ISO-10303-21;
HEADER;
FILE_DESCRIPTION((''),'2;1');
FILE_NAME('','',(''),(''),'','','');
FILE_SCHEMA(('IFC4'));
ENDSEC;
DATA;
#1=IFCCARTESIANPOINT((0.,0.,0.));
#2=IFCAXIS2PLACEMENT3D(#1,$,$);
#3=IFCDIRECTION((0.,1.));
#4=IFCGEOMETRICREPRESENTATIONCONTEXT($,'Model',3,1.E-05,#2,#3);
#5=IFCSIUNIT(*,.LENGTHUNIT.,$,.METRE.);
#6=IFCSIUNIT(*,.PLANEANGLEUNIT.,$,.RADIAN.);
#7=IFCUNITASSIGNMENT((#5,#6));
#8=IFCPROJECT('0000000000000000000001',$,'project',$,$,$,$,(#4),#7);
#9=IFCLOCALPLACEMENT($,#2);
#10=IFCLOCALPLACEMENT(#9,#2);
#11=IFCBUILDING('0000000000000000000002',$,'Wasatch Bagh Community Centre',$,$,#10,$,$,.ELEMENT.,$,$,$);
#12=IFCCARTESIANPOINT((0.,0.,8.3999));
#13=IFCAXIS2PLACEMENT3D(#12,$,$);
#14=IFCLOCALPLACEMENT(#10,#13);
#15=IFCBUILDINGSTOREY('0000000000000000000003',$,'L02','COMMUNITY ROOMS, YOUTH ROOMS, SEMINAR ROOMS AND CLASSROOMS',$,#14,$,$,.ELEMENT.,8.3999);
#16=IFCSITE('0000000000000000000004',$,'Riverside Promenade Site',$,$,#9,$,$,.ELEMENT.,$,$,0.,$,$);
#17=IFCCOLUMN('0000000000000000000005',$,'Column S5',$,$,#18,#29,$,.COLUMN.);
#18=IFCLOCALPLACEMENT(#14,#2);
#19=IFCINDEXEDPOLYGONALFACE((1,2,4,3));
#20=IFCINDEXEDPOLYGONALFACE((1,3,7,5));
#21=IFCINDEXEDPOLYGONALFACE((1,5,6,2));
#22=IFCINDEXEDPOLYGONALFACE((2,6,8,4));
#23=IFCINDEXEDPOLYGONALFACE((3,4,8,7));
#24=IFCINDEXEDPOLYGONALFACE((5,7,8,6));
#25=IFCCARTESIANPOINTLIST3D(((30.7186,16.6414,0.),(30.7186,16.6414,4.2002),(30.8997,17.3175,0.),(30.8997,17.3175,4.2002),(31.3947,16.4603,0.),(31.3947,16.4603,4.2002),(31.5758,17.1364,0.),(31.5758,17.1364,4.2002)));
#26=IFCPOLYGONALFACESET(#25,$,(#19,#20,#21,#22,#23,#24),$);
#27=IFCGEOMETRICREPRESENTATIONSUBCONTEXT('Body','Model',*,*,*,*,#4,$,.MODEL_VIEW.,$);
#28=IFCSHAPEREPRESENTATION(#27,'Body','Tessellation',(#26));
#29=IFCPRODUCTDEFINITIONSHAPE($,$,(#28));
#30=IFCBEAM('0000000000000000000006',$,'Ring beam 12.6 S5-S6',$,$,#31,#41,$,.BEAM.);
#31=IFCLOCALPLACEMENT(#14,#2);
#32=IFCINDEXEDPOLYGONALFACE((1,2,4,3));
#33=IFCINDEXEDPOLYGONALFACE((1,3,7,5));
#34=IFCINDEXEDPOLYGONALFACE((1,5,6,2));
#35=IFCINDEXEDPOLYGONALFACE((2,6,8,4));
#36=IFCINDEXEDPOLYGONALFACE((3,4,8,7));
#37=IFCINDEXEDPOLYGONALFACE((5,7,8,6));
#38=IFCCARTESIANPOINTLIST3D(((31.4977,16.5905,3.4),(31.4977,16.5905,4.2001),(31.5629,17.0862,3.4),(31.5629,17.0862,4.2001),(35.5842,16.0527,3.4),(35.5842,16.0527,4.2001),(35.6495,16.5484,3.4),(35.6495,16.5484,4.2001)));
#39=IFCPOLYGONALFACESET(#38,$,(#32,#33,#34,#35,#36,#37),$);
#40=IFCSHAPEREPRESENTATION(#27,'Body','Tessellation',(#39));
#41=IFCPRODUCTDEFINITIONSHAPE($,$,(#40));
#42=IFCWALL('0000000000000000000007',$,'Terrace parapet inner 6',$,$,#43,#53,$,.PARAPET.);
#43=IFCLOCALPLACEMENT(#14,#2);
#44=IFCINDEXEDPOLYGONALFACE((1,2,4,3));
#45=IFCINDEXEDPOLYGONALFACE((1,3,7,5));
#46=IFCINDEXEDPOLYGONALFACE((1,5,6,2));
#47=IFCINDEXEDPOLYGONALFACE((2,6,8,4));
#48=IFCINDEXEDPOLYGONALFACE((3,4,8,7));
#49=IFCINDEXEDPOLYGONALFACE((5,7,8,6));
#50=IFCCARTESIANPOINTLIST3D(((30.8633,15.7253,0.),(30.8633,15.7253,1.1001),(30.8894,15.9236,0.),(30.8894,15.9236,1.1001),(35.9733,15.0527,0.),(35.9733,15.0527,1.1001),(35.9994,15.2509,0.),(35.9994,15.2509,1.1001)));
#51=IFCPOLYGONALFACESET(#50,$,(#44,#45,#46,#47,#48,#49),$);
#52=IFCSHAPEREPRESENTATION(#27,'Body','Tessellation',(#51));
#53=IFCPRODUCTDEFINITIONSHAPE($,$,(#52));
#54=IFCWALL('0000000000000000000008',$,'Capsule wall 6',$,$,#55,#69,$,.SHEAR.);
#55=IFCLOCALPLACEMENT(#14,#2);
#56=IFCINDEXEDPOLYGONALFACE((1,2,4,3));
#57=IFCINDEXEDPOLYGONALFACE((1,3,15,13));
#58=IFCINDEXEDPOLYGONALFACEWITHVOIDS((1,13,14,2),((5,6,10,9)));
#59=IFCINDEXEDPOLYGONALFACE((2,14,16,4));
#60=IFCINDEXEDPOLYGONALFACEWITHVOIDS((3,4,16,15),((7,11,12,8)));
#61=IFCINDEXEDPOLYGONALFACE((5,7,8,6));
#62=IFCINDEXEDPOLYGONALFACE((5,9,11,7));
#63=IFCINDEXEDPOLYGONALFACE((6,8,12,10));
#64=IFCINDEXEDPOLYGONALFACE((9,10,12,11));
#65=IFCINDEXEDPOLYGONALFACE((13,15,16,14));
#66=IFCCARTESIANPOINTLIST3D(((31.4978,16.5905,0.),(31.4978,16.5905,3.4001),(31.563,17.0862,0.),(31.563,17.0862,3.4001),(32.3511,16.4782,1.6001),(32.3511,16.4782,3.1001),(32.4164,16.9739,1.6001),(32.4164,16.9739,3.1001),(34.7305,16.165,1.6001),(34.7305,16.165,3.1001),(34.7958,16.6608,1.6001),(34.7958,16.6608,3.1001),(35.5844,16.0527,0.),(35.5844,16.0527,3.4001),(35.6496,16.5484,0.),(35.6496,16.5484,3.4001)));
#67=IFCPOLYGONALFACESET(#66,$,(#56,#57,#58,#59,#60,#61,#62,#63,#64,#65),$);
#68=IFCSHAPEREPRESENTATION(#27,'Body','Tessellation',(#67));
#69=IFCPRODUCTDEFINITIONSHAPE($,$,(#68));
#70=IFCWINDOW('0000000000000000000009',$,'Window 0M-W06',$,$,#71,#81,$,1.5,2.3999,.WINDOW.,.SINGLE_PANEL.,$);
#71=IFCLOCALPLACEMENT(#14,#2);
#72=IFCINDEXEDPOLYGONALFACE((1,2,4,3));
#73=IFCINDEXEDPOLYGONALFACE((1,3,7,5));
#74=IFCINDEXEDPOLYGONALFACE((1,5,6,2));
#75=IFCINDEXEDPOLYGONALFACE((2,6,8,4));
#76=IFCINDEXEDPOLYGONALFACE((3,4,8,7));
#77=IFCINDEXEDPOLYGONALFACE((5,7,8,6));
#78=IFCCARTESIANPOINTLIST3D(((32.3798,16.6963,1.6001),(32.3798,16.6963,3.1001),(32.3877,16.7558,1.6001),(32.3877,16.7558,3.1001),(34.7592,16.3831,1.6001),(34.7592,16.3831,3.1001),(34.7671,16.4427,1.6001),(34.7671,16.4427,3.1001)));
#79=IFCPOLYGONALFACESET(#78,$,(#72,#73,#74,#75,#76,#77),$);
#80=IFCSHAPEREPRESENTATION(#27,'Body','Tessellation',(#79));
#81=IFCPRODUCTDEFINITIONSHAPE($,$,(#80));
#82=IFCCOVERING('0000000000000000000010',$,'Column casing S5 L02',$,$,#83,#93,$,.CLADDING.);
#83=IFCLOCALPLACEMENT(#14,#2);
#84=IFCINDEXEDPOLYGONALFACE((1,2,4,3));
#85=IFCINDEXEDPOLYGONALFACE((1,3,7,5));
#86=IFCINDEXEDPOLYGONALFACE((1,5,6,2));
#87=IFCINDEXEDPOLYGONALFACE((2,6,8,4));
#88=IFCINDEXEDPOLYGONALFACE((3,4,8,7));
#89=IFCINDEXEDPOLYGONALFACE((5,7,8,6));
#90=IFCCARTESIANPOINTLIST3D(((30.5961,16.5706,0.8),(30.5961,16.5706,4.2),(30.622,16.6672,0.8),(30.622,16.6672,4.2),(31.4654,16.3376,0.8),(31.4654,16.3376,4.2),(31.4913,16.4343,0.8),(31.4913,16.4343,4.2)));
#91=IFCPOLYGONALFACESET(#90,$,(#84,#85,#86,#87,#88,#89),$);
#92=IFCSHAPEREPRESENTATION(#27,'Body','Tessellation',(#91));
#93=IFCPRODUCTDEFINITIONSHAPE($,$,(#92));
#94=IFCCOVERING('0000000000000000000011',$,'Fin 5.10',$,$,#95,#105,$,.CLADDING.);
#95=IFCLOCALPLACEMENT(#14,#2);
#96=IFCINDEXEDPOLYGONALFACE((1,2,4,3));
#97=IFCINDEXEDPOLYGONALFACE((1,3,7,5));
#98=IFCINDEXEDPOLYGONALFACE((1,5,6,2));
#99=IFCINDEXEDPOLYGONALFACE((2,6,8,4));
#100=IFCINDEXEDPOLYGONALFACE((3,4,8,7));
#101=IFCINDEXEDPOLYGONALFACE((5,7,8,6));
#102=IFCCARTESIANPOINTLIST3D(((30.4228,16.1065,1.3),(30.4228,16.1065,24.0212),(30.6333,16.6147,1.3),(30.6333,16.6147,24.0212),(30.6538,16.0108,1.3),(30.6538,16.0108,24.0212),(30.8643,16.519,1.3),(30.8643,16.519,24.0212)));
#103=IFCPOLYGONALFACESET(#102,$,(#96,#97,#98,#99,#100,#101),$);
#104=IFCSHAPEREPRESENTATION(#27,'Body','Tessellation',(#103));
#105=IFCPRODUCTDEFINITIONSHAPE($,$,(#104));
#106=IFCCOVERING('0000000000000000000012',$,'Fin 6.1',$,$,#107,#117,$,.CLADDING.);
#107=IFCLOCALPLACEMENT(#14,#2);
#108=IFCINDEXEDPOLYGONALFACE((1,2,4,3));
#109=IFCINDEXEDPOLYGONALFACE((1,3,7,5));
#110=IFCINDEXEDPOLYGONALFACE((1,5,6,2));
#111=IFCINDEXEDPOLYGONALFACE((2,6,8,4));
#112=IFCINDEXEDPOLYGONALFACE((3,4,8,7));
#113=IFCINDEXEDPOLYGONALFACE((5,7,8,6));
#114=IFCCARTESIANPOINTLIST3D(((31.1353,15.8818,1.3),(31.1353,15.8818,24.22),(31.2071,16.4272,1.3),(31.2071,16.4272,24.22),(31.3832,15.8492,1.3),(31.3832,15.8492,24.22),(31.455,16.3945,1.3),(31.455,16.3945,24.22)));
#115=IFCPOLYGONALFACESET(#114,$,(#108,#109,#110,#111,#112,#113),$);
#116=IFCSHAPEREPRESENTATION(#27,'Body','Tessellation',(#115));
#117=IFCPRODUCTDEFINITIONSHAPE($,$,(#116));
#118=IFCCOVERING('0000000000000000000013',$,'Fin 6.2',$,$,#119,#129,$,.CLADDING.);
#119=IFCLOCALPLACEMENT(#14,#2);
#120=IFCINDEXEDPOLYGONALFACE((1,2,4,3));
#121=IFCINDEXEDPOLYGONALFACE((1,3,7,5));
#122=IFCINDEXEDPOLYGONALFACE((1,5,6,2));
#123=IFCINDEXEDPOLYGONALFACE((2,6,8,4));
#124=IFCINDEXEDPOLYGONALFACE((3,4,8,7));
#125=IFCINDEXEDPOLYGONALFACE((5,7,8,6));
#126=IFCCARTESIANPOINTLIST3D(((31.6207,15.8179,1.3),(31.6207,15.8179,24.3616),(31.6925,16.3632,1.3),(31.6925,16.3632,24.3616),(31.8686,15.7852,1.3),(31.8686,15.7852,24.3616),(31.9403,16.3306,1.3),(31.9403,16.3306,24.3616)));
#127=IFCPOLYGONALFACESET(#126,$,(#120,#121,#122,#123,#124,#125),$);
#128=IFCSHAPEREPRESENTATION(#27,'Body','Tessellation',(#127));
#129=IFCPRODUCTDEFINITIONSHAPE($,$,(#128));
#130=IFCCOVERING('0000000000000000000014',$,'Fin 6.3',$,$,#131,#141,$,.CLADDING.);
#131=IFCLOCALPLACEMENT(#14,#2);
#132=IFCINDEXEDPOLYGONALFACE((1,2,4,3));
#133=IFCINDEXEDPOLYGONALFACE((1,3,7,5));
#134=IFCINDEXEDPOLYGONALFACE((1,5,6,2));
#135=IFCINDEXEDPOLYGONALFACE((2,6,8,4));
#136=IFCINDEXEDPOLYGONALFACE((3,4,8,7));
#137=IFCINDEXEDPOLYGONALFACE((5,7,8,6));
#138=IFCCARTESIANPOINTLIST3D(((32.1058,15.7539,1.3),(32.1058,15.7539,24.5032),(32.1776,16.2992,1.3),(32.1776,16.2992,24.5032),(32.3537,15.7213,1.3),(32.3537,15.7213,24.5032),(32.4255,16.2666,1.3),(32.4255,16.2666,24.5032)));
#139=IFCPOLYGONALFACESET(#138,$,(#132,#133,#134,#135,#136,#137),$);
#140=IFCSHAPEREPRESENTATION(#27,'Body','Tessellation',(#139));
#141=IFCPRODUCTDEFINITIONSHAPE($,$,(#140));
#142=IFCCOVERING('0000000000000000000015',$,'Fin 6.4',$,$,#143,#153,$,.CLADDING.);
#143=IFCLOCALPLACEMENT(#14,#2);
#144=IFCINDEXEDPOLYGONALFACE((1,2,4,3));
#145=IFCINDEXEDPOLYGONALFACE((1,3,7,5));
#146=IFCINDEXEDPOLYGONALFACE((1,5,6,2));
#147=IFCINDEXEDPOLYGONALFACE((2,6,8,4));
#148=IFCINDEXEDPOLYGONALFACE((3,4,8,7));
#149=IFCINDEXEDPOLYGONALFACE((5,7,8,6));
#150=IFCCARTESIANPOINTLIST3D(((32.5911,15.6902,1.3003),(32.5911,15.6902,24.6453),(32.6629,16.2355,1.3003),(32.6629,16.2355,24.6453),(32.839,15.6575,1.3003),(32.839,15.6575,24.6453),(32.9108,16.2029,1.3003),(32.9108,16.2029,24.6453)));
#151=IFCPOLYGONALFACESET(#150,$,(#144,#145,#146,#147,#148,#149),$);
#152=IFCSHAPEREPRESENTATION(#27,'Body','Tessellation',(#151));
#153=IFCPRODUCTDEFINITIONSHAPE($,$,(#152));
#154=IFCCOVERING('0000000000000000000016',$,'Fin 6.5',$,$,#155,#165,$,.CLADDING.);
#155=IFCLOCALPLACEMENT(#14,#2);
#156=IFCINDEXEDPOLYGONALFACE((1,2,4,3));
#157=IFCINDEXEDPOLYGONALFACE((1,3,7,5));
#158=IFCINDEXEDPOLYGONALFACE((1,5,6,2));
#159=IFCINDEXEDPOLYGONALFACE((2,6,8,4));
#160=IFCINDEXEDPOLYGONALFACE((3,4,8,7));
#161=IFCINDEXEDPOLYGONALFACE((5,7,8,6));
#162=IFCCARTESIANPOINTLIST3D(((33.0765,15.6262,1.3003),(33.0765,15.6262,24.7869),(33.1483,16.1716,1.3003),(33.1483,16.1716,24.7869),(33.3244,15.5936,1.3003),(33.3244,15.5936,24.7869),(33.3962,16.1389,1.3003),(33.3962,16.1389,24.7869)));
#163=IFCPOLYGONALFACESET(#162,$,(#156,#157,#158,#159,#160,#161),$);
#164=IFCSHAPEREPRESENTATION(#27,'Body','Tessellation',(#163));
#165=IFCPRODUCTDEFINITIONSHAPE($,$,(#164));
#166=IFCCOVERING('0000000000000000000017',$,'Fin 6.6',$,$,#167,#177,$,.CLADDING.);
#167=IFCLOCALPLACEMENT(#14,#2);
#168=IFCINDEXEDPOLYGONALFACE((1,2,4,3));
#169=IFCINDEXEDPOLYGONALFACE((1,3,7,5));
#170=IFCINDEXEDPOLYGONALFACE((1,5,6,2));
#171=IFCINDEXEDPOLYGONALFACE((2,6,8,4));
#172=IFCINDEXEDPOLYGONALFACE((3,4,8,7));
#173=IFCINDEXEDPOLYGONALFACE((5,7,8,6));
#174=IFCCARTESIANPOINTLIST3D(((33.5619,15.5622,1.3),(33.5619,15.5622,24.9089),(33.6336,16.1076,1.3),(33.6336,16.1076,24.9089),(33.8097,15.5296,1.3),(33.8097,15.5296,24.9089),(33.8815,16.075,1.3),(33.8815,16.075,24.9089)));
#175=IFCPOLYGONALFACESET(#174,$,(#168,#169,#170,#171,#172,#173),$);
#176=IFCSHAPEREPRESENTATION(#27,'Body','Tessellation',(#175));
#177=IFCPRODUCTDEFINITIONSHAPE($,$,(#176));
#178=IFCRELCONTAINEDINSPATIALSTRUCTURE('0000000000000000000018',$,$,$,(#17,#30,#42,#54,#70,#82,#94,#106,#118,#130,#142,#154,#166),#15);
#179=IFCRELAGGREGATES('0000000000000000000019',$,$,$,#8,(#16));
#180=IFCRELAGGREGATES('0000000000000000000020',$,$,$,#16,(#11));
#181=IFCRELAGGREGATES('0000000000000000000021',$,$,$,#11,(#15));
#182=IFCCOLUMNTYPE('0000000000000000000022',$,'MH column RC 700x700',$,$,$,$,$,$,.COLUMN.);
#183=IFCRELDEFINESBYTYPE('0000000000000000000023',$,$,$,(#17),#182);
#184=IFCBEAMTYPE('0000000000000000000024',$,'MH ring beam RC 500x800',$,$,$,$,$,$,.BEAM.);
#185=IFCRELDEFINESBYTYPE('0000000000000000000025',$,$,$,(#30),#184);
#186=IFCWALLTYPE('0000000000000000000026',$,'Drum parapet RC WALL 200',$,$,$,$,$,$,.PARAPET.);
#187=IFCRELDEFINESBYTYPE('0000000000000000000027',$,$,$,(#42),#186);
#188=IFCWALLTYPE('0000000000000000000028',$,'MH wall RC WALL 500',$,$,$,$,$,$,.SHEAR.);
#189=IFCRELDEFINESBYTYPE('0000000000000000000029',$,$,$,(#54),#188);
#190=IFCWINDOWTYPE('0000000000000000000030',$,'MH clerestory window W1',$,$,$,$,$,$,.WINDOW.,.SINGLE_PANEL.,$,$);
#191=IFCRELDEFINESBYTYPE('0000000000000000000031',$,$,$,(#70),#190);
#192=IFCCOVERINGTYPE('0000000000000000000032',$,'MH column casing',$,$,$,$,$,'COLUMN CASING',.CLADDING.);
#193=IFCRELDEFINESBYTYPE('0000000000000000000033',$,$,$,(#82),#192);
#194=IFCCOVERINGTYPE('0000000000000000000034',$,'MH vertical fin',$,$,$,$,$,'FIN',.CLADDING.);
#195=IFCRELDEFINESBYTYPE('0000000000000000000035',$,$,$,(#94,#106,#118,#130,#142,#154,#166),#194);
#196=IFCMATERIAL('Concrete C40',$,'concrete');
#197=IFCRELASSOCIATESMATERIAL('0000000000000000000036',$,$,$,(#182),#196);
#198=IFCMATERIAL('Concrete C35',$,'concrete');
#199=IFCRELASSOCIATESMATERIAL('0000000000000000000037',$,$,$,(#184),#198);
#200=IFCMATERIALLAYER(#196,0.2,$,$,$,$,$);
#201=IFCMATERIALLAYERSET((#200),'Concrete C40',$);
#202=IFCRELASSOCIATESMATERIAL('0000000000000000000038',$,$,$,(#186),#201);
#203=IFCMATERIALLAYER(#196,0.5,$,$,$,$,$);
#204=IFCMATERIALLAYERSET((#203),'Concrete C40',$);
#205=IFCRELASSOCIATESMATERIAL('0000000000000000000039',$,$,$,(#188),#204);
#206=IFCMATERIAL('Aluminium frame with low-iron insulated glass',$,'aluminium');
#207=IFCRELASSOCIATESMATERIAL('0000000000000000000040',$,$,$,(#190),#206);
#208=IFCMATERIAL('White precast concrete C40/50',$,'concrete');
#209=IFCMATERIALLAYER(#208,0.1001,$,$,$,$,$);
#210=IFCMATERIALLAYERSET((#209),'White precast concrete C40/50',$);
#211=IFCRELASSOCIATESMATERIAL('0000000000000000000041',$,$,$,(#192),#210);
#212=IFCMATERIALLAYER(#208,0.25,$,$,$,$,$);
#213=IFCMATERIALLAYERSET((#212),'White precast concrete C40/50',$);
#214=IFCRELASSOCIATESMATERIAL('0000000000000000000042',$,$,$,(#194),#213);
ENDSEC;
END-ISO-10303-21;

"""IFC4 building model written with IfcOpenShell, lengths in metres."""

from ifc_helpers import new_model, si_unit, direction, frame, frame_2d, origin, origin_2d, place, context, subcontext, project, spatial, rectangle, extrude, material, layer, layer_set, material_profile, profile_set, type_object, element, fill, save


model = new_model("IFC4")

# Units and contexts
model_context = context("Model", 3, precision=1e-05, world=origin(), true_north=direction((0.0, 1.0)))
body_context = subcontext(model_context, "Body", "Model", "MODEL_VIEW")
ifc_project = project(units=[si_unit("LENGTHUNIT", "METRE"), si_unit("PLANEANGLEUNIT", "RADIAN")], contexts=[model_context])

# Site, building, storey
site_placement = place(None, origin())
site = spatial("IfcSite", under=ifc_project, at=site_placement, Name="Riverside Promenade Site", CompositionType="ELEMENT", RefElevation=0.0)
building_placement = place(site_placement, origin())
building = spatial("IfcBuilding", under=site, at=building_placement, Name="Wasatch Bagh Community Centre", CompositionType="ELEMENT")
storey_placement = place(building_placement, frame((0.0, 0.0, 8.3999)))
storey = spatial("IfcBuildingStorey", under=building, at=storey_placement, Name="L02", Description="COMMUNITY ROOMS, YOUTH ROOMS, SEMINAR ROOMS AND CLASSROOMS", CompositionType="ELEMENT", Elevation=8.3999)

# Column
ifc_material_1 = material(Name="Concrete C40", Category="concrete")
ifc_material_profile_1 = material_profile(ifc_material_1, rectangle(XDim=0.7, YDim=0.7, at=origin_2d()), Name="RC 700x700")
ifc_profile_set_1 = profile_set([ifc_material_profile_1], Name="Concrete C40")
column_type = type_object("IfcColumnType", Name="MH column RC 700x700", PredefinedType="COLUMN", material=ifc_profile_set_1)
column_placement = place(storey_placement, frame((31.1472, 16.8889, 0.0), z_axis=(0.0, 0.0, 1.0), x_axis=(0.258819, 0.965926, 0.0)))
element("IfcColumn", 1, at=column_placement, inside=storey, type_object=column_type, Name="Column S5", PredefinedType="COLUMN", context=body_context, shape_type="SweptSolid", body=[
    extrude(rectangle(XDim=0.7, YDim=0.7, at=origin_2d()), origin(), (0.0, 0.0, 1.0), 4.2002),
])

# Beam
ifc_material_2 = material(Name="Concrete C35", Category="concrete")
ifc_material_profile_2 = material_profile(ifc_material_2, rectangle(XDim=0.5, YDim=0.8, at=origin_2d()), Name="RC 500x800")
ifc_profile_set_2 = profile_set([ifc_material_profile_2], Name="Concrete C35")
beam_type = type_object("IfcBeamType", Name="MH ring beam RC 500x800", PredefinedType="BEAM", material=ifc_profile_set_2)
beam_placement = place(storey_placement, frame((31.5303, 16.8384, 3.8), z_axis=(0.99145, -0.130484, 0.0), x_axis=(0.130484, 0.99145, 0.0)))
element("IfcBeam", 2, at=beam_placement, inside=storey, type_object=beam_type, Name="Ring beam 12.6 S5-S6", PredefinedType="BEAM", context=body_context, shape_type="SweptSolid", body=[
    extrude(rectangle(XDim=0.5, YDim=0.8, at=origin_2d()), origin(), (0.0, 0.0, 1.0), 4.1218),
])

# Wall
ifc_layer_1 = layer(ifc_material_1, 0.2)
ifc_layer_set_1 = layer_set([ifc_layer_1], Name="Concrete C40")
wall_type_1 = type_object("IfcWallType", Name="Drum parapet RC WALL 200", PredefinedType="PARAPET", material=ifc_layer_set_1)
wall_1_placement = place(storey_placement, frame((30.8762, 15.8245, 0.0), z_axis=(0.0, 0.0, 1.0), x_axis=(0.991448, -0.130504, 0.0)))
element("IfcWall", 3, at=wall_1_placement, inside=storey, type_object=wall_type_1, Name="Terrace parapet inner 6", PredefinedType="PARAPET", context=body_context, shape_type="SweptSolid", body=[
    extrude(rectangle(XDim=5.1541, YDim=0.2, at=frame_2d((2.5771, 0.0))), origin(), (0.0, 0.0, 1.0), 1.1001),
])

# Wall, opening, window
ifc_layer_2 = layer(ifc_material_1, 0.5)
ifc_layer_set_2 = layer_set([ifc_layer_2], Name="Concrete C40")
wall_type_2 = type_object("IfcWallType", Name="MH wall RC WALL 500", PredefinedType="SHEAR", material=ifc_layer_set_2)
wall_2_placement = place(storey_placement, frame((31.5303, 16.8384, 0.0), z_axis=(0.0, 0.0, 1.0), x_axis=(0.99145, -0.130484, 0.0)))
wall_2 = element("IfcWall", 4, at=wall_2_placement, inside=storey, type_object=wall_type_2, Name="Capsule wall 6", PredefinedType="SHEAR", context=body_context, shape_type="SweptSolid", body=[
    extrude(rectangle(XDim=4.1218, YDim=0.5, at=frame_2d((2.061, 0.0))), origin(), (0.0, 0.0, 1.0), 3.4001),
])
opening_placement = place(wall_2_placement, frame((0.8608, 0.0, 1.6001)))
opening = element("IfcOpeningElement", 5, at=opening_placement, cuts=wall_2, PredefinedType="OPENING", context=body_context, shape_type="SweptSolid", body=[
    extrude(rectangle(XDim=2.3999, YDim=1.5, at=frame_2d((1.2, 0.75))), frame((0.0, 0.26, 0.0), z_axis=(0.0, -1.0, 0.0), x_axis=(1.0, 0.0, 0.0)), (0.0, 0.0, 1.0), 0.52),
])
ifc_material_3 = material(Name="Aluminium frame with low-iron insulated glass", Category="aluminium")
window_type = type_object("IfcWindowType", Name="MH clerestory window W1", PartitioningType="SINGLE_PANEL", PredefinedType="WINDOW", material=ifc_material_3)
window_placement = place(opening_placement, origin())
window = element("IfcWindow", 6, at=window_placement, inside=storey, type_object=window_type, Name="Window 0M-W06", OverallHeight=1.5, OverallWidth=2.3999, PartitioningType="SINGLE_PANEL", PredefinedType="WINDOW", context=body_context, shape_type="SweptSolid", body=[
    extrude(rectangle(XDim=2.3999, YDim=1.5, at=frame_2d((1.2, 0.75))), frame((0.0, 0.03, 0.0), z_axis=(0.0, -1.0, 0.0), x_axis=(1.0, 0.0, 0.0)), (0.0, 0.0, 1.0), 0.0601),
])
fill(opening, window)

# Coverings
ifc_material_4 = material(Name="White precast concrete C40/50", Category="concrete")
ifc_layer_3 = layer(ifc_material_4, 0.1001)
ifc_layer_set_3 = layer_set([ifc_layer_3], Name="White precast concrete C40/50")
covering_type_1 = type_object("IfcCoveringType", Name="MH column casing", ElementType="COLUMN CASING", PredefinedType="CLADDING", material=ifc_layer_set_3)
covering_1_placement = place(storey_placement, frame((31.0437, 16.5024, 0.8), z_axis=(0.0, 0.0, 1.0), x_axis=(0.965926, -0.258819, 0.0)))
element("IfcCovering", 7, at=covering_1_placement, inside=storey, type_object=covering_type_1, Name="Column casing S5 L02", PredefinedType="CLADDING", context=body_context, shape_type="SweptSolid", body=[
    extrude(rectangle(XDim=0.8999, YDim=0.1001, at=origin_2d()), origin(), (0.0, 0.0, 1.0), 3.3999),
])
ifc_layer_4 = layer(ifc_material_4, 0.25)
ifc_layer_set_4 = layer_set([ifc_layer_4], Name="White precast concrete C40/50")
covering_type_2 = type_object("IfcCoveringType", Name="MH vertical fin", ElementType="FIN", PredefinedType="CLADDING", material=ifc_layer_set_4)
covering_2_placement = place(storey_placement, frame((30.6436, 16.3127, 1.3), z_axis=(0.0, 0.0, 1.0), x_axis=(0.92388, -0.382683, 0.0)))
element("IfcCovering", 8, at=covering_2_placement, inside=storey, type_object=covering_type_2, Name="Fin 5.10", PredefinedType="CLADDING", context=body_context, shape_type="SweptSolid", body=[
    extrude(rectangle(XDim=0.25, YDim=0.55, at=origin_2d()), origin(), (0.0, 0.0, 1.0), 22.7212),
])
covering_3_placement = place(storey_placement, frame((31.2952, 16.1382, 1.3), z_axis=(0.0, 0.0, 1.0), x_axis=(0.991445, -0.130526, 0.0)))
element("IfcCovering", 9, at=covering_3_placement, inside=storey, type_object=covering_type_2, Name="Fin 6.1", PredefinedType="CLADDING", context=body_context, shape_type="SweptSolid", body=[
    extrude(rectangle(XDim=0.25, YDim=0.55, at=origin_2d()), origin(), (0.0, 0.0, 1.0), 22.9199),
])
covering_4_placement = place(storey_placement, frame((31.7805, 16.0742, 1.3), z_axis=(0.0, 0.0, 1.0), x_axis=(0.991445, -0.130526, 0.0)))
element("IfcCovering", 10, at=covering_4_placement, inside=storey, type_object=covering_type_2, Name="Fin 6.2", PredefinedType="CLADDING", context=body_context, shape_type="SweptSolid", body=[
    extrude(rectangle(XDim=0.25, YDim=0.55, at=origin_2d()), origin(), (0.0, 0.0, 1.0), 23.0615),
])
covering_5_placement = place(storey_placement, frame((32.2656, 16.0103, 1.3), z_axis=(0.0, 0.0, 1.0), x_axis=(0.991445, -0.130526, 0.0)))
element("IfcCovering", 11, at=covering_5_placement, inside=storey, type_object=covering_type_2, Name="Fin 6.3", PredefinedType="CLADDING", context=body_context, shape_type="SweptSolid", body=[
    extrude(rectangle(XDim=0.25, YDim=0.55, at=origin_2d()), origin(), (0.0, 0.0, 1.0), 23.2031),
])
covering_6_placement = place(storey_placement, frame((32.751, 15.9465, 1.3003), z_axis=(0.0, 0.0, 1.0), x_axis=(0.991445, -0.130526, 0.0)))
element("IfcCovering", 12, at=covering_6_placement, inside=storey, type_object=covering_type_2, Name="Fin 6.4", PredefinedType="CLADDING", context=body_context, shape_type="SweptSolid", body=[
    extrude(rectangle(XDim=0.25, YDim=0.55, at=origin_2d()), origin(), (0.0, 0.0, 1.0), 23.345),
])
covering_7_placement = place(storey_placement, frame((33.2363, 15.8826, 1.3003), z_axis=(0.0, 0.0, 1.0), x_axis=(0.991445, -0.130526, 0.0)))
element("IfcCovering", 13, at=covering_7_placement, inside=storey, type_object=covering_type_2, Name="Fin 6.5", PredefinedType="CLADDING", context=body_context, shape_type="SweptSolid", body=[
    extrude(rectangle(XDim=0.25, YDim=0.55, at=origin_2d()), origin(), (0.0, 0.0, 1.0), 23.4866),
])
covering_8_placement = place(storey_placement, frame((33.7217, 15.8186, 1.3), z_axis=(0.0, 0.0, 1.0), x_axis=(0.991445, -0.130526, 0.0)))
element("IfcCovering", 14, at=covering_8_placement, inside=storey, type_object=covering_type_2, Name="Fin 6.6", PredefinedType="CLADDING", context=body_context, shape_type="SweptSolid", body=[
    extrude(rectangle(XDim=0.25, YDim=0.55, at=origin_2d()), origin(), (0.0, 0.0, 1.0), 23.6089),
])

save(model, "model.ifc")
